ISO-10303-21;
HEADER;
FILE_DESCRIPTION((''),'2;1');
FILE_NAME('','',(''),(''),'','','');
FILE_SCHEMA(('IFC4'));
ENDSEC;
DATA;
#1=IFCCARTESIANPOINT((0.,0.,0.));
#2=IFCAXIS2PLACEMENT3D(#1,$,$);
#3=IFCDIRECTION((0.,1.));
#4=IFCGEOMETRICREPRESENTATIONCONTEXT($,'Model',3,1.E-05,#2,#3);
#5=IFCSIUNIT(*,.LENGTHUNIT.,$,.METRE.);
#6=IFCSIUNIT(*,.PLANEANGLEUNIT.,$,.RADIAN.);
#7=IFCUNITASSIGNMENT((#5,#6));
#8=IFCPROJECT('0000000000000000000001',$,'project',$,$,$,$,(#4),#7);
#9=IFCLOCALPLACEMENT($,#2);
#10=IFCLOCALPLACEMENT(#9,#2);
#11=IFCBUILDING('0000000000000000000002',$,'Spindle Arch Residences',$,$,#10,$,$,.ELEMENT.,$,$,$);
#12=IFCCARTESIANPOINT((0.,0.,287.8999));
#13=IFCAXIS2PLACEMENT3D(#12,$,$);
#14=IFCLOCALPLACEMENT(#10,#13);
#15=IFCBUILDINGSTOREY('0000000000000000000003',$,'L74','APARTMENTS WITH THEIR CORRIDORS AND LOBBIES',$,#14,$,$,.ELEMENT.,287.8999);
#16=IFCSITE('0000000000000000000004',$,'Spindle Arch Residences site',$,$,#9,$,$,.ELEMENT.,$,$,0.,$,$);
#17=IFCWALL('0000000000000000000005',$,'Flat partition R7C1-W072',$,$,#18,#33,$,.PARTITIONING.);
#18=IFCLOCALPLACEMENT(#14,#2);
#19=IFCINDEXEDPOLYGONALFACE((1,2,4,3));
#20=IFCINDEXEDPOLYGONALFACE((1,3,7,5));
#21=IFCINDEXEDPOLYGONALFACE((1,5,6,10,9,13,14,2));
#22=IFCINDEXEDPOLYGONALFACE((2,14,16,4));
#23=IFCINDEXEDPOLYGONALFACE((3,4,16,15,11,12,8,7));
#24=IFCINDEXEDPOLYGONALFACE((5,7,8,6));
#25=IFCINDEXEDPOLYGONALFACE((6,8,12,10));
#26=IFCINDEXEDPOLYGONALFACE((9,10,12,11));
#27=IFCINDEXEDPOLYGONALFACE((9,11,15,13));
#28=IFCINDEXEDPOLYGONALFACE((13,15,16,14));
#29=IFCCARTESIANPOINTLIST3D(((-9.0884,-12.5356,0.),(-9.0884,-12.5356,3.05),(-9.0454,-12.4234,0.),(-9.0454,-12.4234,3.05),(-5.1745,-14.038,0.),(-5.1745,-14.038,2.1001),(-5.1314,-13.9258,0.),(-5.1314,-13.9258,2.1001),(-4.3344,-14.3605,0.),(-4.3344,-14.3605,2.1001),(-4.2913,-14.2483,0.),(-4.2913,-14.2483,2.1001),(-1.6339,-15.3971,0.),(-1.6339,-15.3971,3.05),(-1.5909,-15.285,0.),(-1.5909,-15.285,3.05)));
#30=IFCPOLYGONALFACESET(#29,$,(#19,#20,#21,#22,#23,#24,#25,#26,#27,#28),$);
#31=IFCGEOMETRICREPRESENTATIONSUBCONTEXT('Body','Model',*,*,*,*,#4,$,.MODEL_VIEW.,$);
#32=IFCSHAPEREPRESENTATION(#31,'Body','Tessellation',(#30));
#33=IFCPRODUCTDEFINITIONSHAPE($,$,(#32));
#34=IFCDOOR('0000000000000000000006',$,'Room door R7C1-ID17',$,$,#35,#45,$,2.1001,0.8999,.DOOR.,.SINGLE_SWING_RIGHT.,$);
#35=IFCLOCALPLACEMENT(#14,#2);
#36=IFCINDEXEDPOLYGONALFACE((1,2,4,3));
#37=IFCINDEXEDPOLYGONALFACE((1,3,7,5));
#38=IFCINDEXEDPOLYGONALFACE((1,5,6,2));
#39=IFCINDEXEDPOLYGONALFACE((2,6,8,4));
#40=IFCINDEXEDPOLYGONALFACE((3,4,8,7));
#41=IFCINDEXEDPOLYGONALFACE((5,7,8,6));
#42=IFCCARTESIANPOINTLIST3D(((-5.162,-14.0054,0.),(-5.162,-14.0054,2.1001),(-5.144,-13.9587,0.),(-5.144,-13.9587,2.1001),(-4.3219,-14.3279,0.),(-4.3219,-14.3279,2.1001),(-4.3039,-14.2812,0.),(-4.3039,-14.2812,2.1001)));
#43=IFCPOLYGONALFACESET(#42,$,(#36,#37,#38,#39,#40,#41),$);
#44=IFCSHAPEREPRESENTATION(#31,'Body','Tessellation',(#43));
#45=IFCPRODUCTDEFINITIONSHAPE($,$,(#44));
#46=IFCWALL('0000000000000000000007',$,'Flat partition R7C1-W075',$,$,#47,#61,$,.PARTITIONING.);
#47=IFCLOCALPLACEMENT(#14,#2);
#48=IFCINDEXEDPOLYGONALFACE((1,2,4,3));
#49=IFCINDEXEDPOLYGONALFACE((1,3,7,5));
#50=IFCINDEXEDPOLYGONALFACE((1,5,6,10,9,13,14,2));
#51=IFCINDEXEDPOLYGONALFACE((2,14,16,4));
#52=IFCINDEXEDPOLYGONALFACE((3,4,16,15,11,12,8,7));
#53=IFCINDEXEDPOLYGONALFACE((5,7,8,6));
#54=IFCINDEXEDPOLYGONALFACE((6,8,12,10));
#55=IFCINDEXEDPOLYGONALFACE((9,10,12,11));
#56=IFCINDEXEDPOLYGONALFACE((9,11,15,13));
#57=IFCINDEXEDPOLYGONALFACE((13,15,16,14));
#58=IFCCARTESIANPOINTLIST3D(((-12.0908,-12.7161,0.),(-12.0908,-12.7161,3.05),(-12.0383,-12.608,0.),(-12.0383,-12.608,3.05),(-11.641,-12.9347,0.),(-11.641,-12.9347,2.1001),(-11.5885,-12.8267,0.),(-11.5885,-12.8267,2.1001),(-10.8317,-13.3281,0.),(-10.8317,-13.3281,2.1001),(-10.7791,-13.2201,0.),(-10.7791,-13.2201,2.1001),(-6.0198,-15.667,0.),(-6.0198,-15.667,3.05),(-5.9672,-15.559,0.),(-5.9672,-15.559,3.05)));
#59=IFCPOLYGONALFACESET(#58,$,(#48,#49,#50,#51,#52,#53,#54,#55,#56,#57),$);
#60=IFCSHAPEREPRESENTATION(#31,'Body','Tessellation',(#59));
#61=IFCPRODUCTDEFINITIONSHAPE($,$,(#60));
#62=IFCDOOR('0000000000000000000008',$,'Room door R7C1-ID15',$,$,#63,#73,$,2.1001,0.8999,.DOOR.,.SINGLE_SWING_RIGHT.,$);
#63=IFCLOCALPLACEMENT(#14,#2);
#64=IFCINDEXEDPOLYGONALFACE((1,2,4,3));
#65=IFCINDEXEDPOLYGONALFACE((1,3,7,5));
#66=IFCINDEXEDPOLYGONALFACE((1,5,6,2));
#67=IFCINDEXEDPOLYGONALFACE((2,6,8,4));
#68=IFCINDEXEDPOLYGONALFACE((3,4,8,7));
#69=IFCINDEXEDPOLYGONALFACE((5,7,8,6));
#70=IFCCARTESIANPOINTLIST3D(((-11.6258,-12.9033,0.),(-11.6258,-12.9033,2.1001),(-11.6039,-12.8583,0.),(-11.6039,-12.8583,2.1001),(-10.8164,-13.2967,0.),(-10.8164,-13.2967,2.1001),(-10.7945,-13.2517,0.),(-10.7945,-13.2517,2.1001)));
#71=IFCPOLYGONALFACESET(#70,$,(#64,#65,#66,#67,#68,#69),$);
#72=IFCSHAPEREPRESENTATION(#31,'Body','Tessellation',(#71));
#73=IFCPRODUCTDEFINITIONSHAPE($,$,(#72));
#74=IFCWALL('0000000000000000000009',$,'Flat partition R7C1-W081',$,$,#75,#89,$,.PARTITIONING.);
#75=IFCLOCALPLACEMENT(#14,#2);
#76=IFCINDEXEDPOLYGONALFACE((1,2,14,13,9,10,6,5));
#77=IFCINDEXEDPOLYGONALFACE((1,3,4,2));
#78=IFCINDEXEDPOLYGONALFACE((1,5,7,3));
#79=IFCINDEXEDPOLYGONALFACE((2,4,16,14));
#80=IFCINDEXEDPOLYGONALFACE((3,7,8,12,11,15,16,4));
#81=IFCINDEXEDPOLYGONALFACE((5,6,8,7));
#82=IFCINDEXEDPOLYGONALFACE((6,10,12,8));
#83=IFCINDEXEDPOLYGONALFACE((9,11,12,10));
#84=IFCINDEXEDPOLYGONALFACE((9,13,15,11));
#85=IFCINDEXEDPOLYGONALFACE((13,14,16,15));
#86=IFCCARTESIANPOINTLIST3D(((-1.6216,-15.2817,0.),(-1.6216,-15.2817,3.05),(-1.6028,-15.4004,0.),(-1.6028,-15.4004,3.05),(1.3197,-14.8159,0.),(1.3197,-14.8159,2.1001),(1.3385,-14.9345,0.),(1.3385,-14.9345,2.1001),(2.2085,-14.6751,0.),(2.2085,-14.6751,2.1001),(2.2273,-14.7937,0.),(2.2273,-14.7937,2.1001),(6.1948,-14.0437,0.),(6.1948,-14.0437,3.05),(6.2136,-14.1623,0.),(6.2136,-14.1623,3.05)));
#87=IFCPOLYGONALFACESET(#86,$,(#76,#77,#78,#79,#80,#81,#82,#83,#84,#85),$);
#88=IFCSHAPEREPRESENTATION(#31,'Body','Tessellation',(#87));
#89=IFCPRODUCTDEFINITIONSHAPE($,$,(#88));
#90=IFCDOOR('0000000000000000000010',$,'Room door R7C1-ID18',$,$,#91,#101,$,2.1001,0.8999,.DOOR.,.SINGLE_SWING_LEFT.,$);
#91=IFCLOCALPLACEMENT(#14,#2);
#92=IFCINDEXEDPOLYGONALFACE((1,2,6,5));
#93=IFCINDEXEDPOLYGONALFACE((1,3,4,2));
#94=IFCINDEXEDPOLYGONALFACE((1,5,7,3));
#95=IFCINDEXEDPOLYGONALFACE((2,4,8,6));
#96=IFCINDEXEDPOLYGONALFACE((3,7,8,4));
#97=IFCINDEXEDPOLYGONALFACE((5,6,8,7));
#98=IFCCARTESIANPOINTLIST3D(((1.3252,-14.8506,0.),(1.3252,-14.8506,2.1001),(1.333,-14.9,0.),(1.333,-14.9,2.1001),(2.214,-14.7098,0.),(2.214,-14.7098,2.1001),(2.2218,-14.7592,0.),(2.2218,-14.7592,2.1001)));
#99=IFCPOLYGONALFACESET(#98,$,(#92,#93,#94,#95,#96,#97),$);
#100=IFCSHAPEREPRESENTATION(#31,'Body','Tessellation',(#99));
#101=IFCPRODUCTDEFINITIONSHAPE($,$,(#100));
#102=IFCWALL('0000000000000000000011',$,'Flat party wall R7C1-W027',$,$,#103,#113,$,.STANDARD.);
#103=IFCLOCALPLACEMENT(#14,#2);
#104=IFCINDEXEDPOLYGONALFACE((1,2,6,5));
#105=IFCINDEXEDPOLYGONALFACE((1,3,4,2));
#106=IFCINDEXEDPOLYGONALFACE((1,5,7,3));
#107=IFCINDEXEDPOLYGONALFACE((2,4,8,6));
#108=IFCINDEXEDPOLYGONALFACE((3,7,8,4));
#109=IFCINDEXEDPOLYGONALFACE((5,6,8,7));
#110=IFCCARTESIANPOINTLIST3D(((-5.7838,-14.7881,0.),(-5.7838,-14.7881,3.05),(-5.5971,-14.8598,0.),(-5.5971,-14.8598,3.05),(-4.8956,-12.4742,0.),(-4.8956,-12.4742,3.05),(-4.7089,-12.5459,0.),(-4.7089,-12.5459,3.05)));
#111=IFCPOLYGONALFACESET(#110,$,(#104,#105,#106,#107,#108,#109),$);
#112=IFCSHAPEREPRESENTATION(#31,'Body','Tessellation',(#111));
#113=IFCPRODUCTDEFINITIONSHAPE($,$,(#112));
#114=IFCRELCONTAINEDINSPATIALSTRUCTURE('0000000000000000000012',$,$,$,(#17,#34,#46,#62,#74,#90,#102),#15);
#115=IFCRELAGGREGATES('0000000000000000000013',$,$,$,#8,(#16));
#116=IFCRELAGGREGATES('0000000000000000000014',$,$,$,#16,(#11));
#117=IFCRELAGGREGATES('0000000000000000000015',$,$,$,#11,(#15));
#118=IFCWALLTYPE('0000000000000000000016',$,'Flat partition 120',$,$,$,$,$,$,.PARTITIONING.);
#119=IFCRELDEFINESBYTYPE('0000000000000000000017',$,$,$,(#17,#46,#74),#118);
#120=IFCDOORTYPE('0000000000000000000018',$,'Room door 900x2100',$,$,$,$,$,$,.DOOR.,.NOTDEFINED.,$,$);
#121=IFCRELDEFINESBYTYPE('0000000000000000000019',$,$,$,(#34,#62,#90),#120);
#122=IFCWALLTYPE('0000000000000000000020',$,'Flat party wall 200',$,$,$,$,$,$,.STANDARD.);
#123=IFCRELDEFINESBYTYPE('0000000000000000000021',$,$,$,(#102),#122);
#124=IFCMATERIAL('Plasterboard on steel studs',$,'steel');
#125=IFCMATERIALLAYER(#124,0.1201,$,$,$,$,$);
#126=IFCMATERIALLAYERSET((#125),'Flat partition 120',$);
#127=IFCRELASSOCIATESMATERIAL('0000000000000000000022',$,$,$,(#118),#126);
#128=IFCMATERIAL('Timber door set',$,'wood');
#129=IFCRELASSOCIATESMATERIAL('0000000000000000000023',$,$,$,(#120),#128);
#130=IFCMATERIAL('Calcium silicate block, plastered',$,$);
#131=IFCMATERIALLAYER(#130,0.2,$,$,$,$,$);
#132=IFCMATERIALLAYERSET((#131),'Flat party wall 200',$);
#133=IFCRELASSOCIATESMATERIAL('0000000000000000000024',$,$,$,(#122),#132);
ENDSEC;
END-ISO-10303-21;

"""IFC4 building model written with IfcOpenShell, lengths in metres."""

from ifc_helpers import new_model, si_unit, direction, frame, frame_2d, origin, place, context, subcontext, project, spatial, rectangle, extrude, material, layer, layer_set, type_object, element, fill, save


model = new_model("IFC4")

# Units and contexts
model_context = context("Model", 3, precision=1e-05, world=origin(), true_north=direction((0.0, 1.0)))
body_context = subcontext(model_context, "Body", "Model", "MODEL_VIEW")
ifc_project = project(units=[si_unit("LENGTHUNIT", "METRE"), si_unit("PLANEANGLEUNIT", "RADIAN")], contexts=[model_context])

# Site, building, storey
site_placement = place(None, origin())
site = spatial("IfcSite", under=ifc_project, at=site_placement, Name="Spindle Arch Residences site", CompositionType="ELEMENT", RefElevation=0.0)
building_placement = place(site_placement, origin())
building = spatial("IfcBuilding", under=site, at=building_placement, Name="Spindle Arch Residences", CompositionType="ELEMENT")
storey_placement = place(building_placement, frame((0.0, 0.0, 287.8999)))
storey = spatial("IfcBuildingStorey", under=building, at=storey_placement, Name="L74", Description="APARTMENTS WITH THEIR CORRIDORS AND LOBBIES", CompositionType="ELEMENT", Elevation=287.8999)

# Shared definitions
ifc_material_1 = material(Name="Plasterboard on steel studs", Category="steel")
ifc_layer_1 = layer(ifc_material_1, 0.1201)
ifc_layer_set_1 = layer_set([ifc_layer_1], Name="Flat partition 120")
wall_type_1 = type_object("IfcWallType", Name="Flat partition 120", PredefinedType="PARTITIONING", material=ifc_layer_set_1)

# Walls, openings, doors
ifc_material_2 = material(Name="Timber door set", Category="wood")
door_type_1 = type_object("IfcDoorType", Name="Room door 900x2100", OperationType="NOTDEFINED", PredefinedType="DOOR", material=ifc_material_2)
wall_1_placement = place(storey_placement, frame((-9.0669, -12.4795, 0.0), z_axis=(0.0, 0.0, 1.0), x_axis=(0.933579, -0.35837, 0.0)))
wall_1 = element("IfcWall", 1, at=wall_1_placement, inside=storey, type_object=wall_type_1, Name="Flat partition R7C1-W072", PredefinedType="PARTITIONING", context=body_context, shape_type="SweptSolid", body=[
    extrude(rectangle(XDim=7.9849, YDim=0.1201, at=frame_2d((3.9924, 0.0))), origin(), (0.0, 0.0, 1.0), 3.05),
])
opening_1_placement = place(wall_1_placement, frame((4.1924, 0.0, 0.0)))
opening_1 = element("IfcOpeningElement", 2, at=opening_1_placement, cuts=wall_1, PredefinedType="OPENING", context=body_context, shape_type="SweptSolid", body=[
    extrude(rectangle(XDim=0.8999, YDim=2.1001, at=frame_2d((0.45, 1.05))), frame((0.0, 0.0701, 0.0), z_axis=(0.0, -1.0, 0.0), x_axis=(1.0, 0.0, 0.0)), (0.0, 0.0, 1.0), 0.1401),
])
door_1_placement = place(opening_1_placement, origin())
door_1 = element("IfcDoor", 3, at=door_1_placement, inside=storey, type_object=door_type_1, Name="Room door R7C1-ID17", OperationType="SINGLE_SWING_RIGHT", OverallHeight=2.1001, OverallWidth=0.8999, PredefinedType="DOOR", context=body_context, shape_type="SweptSolid", body=[
    extrude(rectangle(XDim=0.8999, YDim=2.1001, at=frame_2d((0.45, 1.05))), frame((0.0, 0.0249, 0.0), z_axis=(0.0, -1.0, 0.0), x_axis=(1.0, 0.0, 0.0)), (0.0, 0.0, 1.0), 0.05),
])
fill(opening_1, door_1)
wall_2_placement = place(storey_placement, frame((-12.0645, -12.6621, 0.0), z_axis=(0.0, 0.0, 1.0), x_axis=(0.899384, -0.43716, 0.0)))
wall_2 = element("IfcWall", 4, at=wall_2_placement, inside=storey, type_object=wall_type_1, Name="Flat partition R7C1-W075", PredefinedType="PARTITIONING", context=body_context, shape_type="SweptSolid", body=[
    extrude(rectangle(XDim=6.7502, YDim=0.1201, at=frame_2d((3.375, 0.0))), origin(), (0.0, 0.0, 1.0), 3.05),
])
opening_2_placement = place(wall_2_placement, frame((0.5, 0.0, 0.0)))
opening_2 = element("IfcOpeningElement", 5, at=opening_2_placement, cuts=wall_2, PredefinedType="OPENING", context=body_context, shape_type="SweptSolid", body=[
    extrude(rectangle(XDim=0.8999, YDim=2.1001, at=frame_2d((0.45, 1.05))), frame((0.0, 0.0701, 0.0), z_axis=(0.0, -1.0, 0.0), x_axis=(1.0, 0.0, 0.0)), (0.0, 0.0, 1.0), 0.1401),
])
door_2_placement = place(opening_2_placement, origin())
door_2 = element("IfcDoor", 6, at=door_2_placement, inside=storey, type_object=door_type_1, Name="Room door R7C1-ID15", OperationType="SINGLE_SWING_RIGHT", OverallHeight=2.1001, OverallWidth=0.8999, PredefinedType="DOOR", context=body_context, shape_type="SweptSolid", body=[
    extrude(rectangle(XDim=0.8999, YDim=2.1001, at=frame_2d((0.45, 1.05))), frame((0.0, 0.0249, 0.0), z_axis=(0.0, -1.0, 0.0), x_axis=(1.0, 0.0, 0.0)), (0.0, 0.0, 1.0), 0.05),
])
fill(opening_2, door_2)
wall_3_placement = place(storey_placement, frame((-1.6123, -15.3411, 0.0), z_axis=(0.0, 0.0, 1.0), x_axis=(0.987688, 0.156439, 0.0)))
wall_3 = element("IfcWall", 7, at=wall_3_placement, inside=storey, type_object=wall_type_1, Name="Flat partition R7C1-W081", PredefinedType="PARTITIONING", context=body_context, shape_type="SweptSolid", body=[
    extrude(rectangle(XDim=7.9138, YDim=0.1201, at=frame_2d((3.957, 0.0))), origin(), (0.0, 0.0, 1.0), 3.05),
])
opening_3_placement = place(wall_3_placement, frame((2.978, 0.0, 0.0)))
opening_3 = element("IfcOpeningElement", 8, at=opening_3_placement, cuts=wall_3, PredefinedType="OPENING", context=body_context, shape_type="SweptSolid", body=[
    extrude(rectangle(XDim=0.8999, YDim=2.1001, at=frame_2d((0.45, 1.05))), frame((0.0, 0.0701, 0.0), z_axis=(0.0, -1.0, 0.0), x_axis=(1.0, 0.0, 0.0)), (0.0, 0.0, 1.0), 0.1401),
])
door_3_placement = place(opening_3_placement, origin())
door_3 = element("IfcDoor", 9, at=door_3_placement, inside=storey, type_object=door_type_1, Name="Room door R7C1-ID18", OperationType="SINGLE_SWING_LEFT", OverallHeight=2.1001, OverallWidth=0.8999, PredefinedType="DOOR", context=body_context, shape_type="SweptSolid", body=[
    extrude(rectangle(XDim=0.8999, YDim=2.1001, at=frame_2d((0.45, 1.05))), frame((0.0, 0.0249, 0.0), z_axis=(0.0, -1.0, 0.0), x_axis=(1.0, 0.0, 0.0)), (0.0, 0.0, 1.0), 0.05),
])
fill(opening_3, door_3)

# Wall
ifc_material_3 = material(Name="Calcium silicate block, plastered")
ifc_layer_2 = layer(ifc_material_3, 0.2)
ifc_layer_set_2 = layer_set([ifc_layer_2], Name="Flat party wall 200")
wall_type_2 = type_object("IfcWallType", Name="Flat party wall 200", PredefinedType="STANDARD", material=ifc_layer_set_2)
wall_4_placement = place(storey_placement, frame((-5.6904, -14.824, 0.0), z_axis=(0.0, 0.0, 1.0), x_axis=(0.358345, 0.933589, 0.0)))
element("IfcWall", 10, at=wall_4_placement, inside=storey, type_object=wall_type_2, Name="Flat party wall R7C1-W027", PredefinedType="STANDARD", context=body_context, shape_type="SweptSolid", body=[
    extrude(rectangle(XDim=2.4785, YDim=0.2, at=frame_2d((1.2393, 0.0))), origin(), (0.0, 0.0, 1.0), 3.05),
])

save(model, "model.ifc")
